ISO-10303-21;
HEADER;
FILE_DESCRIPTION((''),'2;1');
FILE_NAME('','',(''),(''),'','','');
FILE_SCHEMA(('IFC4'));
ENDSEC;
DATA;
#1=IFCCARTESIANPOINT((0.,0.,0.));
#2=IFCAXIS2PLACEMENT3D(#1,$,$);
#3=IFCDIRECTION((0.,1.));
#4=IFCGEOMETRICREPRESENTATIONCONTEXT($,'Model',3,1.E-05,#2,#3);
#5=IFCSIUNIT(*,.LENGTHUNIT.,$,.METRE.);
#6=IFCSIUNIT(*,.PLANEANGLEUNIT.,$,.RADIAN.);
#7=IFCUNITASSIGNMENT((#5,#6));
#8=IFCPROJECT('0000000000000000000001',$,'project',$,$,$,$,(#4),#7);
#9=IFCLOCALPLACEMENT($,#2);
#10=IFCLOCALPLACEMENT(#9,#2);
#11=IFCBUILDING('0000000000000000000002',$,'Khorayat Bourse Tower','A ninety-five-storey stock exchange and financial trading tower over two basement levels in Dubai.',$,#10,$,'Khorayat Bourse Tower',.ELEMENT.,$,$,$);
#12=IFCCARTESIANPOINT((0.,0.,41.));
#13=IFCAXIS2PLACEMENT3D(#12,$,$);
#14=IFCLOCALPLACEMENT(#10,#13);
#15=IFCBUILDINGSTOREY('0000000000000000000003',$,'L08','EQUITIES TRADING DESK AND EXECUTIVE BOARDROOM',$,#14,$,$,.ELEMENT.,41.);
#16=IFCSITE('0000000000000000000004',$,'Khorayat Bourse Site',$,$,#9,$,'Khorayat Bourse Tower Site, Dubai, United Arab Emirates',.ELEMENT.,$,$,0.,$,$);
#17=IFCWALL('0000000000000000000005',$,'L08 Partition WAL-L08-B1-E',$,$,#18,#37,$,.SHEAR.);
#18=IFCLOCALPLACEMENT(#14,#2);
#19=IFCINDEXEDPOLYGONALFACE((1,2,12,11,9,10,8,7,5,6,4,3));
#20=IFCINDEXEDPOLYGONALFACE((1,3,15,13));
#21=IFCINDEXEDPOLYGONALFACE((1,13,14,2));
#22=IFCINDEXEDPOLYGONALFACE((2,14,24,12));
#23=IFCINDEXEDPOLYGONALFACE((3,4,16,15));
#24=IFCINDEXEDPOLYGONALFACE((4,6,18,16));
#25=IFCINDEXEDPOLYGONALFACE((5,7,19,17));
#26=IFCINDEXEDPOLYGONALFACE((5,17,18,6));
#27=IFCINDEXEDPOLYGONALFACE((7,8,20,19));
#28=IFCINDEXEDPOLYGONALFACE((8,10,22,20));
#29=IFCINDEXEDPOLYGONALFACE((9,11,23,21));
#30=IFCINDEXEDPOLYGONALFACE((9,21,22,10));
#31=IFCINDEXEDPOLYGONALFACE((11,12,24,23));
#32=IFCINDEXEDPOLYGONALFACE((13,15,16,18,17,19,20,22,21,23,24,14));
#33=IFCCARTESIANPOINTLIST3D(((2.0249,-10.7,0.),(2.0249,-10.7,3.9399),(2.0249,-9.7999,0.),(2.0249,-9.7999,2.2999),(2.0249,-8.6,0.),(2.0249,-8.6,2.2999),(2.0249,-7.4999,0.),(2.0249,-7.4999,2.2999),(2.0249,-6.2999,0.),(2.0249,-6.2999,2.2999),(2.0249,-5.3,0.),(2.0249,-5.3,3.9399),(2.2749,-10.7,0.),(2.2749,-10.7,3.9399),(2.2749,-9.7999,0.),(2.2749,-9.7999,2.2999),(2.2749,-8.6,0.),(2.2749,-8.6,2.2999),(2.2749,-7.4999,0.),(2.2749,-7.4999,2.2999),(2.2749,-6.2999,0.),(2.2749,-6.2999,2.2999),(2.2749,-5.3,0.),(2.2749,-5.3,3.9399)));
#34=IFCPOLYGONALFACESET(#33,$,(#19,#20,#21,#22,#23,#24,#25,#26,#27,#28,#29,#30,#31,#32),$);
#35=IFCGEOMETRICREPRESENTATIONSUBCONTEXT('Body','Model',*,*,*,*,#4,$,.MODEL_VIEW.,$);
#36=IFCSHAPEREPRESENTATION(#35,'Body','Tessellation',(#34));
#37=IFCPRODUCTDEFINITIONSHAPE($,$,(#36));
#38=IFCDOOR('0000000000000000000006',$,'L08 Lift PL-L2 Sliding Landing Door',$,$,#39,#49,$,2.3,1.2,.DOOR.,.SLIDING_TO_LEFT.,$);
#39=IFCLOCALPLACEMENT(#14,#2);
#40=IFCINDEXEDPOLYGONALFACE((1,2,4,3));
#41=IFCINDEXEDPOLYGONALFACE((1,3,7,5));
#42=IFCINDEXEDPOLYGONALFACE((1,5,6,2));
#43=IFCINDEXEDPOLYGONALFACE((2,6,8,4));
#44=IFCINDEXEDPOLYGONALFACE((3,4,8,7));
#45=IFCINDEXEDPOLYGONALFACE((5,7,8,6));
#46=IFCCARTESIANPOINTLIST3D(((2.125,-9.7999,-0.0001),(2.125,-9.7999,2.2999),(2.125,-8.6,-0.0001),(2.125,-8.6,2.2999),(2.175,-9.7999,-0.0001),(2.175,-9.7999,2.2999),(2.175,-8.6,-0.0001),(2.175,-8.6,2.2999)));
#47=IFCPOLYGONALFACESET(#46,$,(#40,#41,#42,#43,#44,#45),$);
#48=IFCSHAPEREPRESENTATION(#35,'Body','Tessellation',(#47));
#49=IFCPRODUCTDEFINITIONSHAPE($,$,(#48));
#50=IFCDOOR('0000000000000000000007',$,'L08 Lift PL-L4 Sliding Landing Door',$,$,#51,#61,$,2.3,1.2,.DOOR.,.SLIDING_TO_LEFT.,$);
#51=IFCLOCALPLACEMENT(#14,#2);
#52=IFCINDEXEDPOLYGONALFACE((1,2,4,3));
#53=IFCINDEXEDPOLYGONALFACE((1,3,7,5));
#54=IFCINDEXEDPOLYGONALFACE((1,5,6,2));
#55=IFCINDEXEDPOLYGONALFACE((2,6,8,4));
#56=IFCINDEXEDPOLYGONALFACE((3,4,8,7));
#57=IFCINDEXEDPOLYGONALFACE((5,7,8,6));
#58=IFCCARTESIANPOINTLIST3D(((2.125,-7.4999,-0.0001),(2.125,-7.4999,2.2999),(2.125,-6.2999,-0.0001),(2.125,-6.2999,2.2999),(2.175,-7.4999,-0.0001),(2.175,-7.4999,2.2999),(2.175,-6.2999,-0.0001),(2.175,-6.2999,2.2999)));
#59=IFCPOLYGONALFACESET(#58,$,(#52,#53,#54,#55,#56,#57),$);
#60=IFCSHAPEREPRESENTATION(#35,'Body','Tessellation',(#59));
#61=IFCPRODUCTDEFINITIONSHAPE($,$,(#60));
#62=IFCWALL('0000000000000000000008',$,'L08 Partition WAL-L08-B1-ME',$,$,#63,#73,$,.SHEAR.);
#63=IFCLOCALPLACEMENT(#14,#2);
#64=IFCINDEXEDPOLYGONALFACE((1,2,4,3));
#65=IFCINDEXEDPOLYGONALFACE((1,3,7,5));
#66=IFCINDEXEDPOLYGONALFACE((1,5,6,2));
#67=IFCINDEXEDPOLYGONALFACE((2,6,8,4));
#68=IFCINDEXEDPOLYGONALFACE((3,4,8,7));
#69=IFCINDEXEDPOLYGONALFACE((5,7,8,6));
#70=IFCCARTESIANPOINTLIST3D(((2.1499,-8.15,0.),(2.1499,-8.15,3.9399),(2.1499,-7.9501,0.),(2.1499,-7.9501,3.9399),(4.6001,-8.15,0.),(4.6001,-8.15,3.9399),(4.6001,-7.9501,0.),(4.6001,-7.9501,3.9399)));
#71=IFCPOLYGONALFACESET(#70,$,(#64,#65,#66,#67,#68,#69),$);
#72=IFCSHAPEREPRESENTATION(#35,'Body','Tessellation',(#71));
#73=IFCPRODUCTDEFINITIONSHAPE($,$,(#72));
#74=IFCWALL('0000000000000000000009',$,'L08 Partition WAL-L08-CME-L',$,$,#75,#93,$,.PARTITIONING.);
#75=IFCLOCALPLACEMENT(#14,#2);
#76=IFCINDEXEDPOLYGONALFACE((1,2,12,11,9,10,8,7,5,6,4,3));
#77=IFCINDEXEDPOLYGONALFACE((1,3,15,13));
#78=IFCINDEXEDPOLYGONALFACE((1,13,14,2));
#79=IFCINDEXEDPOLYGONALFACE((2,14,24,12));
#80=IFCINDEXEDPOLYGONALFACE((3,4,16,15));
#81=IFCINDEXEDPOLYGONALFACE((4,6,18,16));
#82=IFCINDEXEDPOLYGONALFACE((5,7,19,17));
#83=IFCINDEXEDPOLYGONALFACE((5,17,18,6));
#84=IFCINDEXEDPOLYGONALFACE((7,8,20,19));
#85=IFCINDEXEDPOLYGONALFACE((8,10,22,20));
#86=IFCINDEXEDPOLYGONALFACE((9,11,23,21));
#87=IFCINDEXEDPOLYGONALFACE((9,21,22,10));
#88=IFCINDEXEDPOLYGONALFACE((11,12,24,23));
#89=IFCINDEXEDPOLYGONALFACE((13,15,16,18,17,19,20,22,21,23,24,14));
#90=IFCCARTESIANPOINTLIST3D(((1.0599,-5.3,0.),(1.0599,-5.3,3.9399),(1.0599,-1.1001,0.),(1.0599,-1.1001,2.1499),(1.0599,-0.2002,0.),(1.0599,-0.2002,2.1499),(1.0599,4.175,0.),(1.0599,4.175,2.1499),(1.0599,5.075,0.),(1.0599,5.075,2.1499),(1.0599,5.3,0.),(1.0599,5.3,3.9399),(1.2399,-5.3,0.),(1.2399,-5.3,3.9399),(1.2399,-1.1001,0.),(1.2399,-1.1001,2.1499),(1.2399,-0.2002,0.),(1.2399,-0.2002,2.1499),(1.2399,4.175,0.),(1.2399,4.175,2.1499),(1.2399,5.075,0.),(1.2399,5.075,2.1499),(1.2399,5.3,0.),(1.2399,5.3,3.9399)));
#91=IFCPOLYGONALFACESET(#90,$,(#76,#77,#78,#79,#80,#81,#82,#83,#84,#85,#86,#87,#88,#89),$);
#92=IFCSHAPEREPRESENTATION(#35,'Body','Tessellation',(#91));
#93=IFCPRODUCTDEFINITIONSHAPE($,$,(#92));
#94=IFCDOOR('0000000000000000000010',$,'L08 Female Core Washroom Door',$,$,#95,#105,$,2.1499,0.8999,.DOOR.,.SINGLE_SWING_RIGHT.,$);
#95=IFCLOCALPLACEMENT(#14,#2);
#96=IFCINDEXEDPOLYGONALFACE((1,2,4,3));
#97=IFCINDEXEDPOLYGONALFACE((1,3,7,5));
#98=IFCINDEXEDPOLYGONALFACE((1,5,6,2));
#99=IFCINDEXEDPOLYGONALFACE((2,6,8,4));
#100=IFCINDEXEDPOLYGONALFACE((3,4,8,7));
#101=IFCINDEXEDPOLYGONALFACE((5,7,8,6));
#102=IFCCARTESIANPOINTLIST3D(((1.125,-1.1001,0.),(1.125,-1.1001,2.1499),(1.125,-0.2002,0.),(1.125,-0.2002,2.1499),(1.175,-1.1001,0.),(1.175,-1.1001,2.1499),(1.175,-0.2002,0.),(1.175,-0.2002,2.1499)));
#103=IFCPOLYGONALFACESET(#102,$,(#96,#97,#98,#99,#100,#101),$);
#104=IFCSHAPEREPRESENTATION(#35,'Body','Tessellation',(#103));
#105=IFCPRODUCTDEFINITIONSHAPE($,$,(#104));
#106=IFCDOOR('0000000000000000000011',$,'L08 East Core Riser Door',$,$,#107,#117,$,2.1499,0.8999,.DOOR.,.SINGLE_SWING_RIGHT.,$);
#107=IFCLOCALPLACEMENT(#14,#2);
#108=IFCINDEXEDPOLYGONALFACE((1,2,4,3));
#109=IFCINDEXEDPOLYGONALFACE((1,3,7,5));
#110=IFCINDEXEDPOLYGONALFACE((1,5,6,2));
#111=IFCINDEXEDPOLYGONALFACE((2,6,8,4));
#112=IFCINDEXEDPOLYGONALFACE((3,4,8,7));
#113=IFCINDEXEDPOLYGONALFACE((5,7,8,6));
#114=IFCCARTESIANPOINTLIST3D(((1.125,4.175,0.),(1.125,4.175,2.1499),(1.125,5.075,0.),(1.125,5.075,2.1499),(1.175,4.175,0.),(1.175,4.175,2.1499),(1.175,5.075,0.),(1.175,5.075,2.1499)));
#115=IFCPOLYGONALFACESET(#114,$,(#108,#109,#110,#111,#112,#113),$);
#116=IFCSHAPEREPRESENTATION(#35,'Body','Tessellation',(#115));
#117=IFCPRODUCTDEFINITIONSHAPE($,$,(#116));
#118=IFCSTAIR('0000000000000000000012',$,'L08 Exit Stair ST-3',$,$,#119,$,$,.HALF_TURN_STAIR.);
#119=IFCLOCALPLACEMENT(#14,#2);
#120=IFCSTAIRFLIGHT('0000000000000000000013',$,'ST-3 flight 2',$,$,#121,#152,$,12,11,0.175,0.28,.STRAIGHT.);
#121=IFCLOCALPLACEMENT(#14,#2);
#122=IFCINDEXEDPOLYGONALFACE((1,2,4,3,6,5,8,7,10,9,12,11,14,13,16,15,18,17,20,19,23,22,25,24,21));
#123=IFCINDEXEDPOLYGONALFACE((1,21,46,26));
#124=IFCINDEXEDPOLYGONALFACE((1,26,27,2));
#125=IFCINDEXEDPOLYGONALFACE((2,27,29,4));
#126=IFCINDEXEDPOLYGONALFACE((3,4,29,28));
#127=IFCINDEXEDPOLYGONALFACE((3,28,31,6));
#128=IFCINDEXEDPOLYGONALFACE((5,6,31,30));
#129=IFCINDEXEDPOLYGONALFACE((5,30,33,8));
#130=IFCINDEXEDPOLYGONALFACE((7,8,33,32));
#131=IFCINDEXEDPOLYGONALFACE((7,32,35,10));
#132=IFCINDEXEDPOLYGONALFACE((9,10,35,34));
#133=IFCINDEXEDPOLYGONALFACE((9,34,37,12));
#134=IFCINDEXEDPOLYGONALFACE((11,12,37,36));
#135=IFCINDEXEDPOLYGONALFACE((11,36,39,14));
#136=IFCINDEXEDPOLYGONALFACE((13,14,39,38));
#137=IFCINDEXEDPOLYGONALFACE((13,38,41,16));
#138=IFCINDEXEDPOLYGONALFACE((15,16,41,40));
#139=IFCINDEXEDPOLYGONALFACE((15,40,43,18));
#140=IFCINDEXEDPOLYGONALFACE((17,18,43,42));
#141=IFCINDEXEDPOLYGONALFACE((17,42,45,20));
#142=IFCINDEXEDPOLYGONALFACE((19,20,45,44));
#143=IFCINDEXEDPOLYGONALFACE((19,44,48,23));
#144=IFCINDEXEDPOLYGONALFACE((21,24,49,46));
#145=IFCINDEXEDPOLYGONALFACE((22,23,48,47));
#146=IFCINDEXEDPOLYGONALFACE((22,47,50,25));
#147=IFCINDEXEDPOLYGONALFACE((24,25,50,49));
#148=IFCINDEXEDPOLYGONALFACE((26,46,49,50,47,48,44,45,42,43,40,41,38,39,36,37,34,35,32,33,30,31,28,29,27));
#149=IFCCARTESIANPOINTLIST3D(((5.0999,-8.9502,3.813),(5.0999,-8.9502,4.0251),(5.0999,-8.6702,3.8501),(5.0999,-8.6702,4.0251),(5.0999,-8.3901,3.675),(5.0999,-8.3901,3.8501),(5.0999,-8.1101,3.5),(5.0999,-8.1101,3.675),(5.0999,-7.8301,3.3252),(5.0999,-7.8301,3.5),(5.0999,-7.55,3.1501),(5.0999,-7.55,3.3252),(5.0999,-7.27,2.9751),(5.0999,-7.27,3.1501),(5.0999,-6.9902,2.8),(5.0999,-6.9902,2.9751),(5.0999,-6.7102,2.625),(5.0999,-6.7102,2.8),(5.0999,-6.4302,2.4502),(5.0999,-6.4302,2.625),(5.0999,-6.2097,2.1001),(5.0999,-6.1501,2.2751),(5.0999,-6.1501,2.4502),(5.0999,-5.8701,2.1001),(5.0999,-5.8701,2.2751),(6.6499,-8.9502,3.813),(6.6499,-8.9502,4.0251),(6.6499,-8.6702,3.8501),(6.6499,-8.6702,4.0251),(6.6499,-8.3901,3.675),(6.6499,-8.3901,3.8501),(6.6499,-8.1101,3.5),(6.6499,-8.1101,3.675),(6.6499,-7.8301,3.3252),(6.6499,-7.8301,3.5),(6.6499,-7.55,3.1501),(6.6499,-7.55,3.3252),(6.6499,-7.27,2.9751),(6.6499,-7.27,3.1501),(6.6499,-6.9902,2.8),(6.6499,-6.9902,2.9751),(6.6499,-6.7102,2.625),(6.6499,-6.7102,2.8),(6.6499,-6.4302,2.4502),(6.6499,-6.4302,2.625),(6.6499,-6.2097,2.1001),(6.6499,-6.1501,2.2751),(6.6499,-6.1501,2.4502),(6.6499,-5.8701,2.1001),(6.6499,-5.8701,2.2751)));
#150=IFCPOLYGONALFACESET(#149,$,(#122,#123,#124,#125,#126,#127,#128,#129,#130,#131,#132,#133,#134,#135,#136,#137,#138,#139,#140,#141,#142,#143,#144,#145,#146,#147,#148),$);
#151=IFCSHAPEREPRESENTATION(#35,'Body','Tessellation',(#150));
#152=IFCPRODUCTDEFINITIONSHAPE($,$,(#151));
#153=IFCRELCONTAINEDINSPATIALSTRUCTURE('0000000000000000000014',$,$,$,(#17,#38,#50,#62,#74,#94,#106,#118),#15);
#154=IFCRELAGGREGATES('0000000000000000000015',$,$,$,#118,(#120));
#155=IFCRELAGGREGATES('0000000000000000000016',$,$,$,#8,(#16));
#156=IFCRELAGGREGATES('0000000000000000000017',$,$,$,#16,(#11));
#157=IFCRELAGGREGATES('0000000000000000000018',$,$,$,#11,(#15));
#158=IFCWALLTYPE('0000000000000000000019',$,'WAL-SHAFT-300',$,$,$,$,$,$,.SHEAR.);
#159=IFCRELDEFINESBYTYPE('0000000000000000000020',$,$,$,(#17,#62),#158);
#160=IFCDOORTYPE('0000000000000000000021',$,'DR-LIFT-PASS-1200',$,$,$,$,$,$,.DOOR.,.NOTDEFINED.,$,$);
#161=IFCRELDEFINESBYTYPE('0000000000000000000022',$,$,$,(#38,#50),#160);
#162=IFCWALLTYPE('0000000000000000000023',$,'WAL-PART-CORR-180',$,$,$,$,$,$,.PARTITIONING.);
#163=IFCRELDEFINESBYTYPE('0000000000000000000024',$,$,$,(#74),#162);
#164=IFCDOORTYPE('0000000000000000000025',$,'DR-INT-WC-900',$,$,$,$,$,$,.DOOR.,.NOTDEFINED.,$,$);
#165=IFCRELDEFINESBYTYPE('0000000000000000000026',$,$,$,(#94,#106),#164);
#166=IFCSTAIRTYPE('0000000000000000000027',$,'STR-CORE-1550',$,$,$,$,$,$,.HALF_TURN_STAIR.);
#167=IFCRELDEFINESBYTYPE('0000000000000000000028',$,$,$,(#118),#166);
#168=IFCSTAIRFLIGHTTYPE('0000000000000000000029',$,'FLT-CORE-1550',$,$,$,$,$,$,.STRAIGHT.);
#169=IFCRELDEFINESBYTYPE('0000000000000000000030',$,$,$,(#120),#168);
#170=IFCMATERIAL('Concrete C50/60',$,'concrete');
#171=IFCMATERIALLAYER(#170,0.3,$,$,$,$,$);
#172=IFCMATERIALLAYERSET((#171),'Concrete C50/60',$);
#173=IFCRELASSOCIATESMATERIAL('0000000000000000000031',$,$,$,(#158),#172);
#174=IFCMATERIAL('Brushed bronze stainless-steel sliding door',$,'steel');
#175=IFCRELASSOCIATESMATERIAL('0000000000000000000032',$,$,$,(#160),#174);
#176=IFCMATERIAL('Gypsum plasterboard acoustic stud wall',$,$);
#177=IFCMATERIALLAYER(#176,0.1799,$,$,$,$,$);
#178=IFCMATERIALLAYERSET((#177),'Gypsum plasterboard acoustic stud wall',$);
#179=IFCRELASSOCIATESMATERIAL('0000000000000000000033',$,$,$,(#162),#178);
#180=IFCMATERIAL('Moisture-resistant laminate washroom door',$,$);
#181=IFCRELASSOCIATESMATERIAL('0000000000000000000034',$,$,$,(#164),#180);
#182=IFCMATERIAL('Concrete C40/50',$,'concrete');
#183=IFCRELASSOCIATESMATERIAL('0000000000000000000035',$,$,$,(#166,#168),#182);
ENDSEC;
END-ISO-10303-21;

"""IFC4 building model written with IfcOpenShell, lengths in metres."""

from ifc_helpers import new_model, si_unit, direction, frame, frame_2d, origin, place, context, subcontext, project, spatial, polyline, rectangle, outline, extrude, source, transform, mapped, material, layer, layer_set, type_object, element, fill, aggregate, save


model = new_model("IFC4")

# Units and contexts
model_context = context("Model", 3, precision=1e-05, world=origin(), true_north=direction((0.0, 1.0)))
body_context = subcontext(model_context, "Body", "Model", "MODEL_VIEW")
ifc_project = project(units=[si_unit("LENGTHUNIT", "METRE"), si_unit("PLANEANGLEUNIT", "RADIAN")], contexts=[model_context])

# Site, building, storey
site_placement = place(None, origin())
site = spatial("IfcSite", under=ifc_project, at=site_placement, Name="Khorayat Bourse Site", LongName="Khorayat Bourse Tower Site, Dubai, United Arab Emirates", CompositionType="ELEMENT", RefElevation=0.0)
building_placement = place(site_placement, origin())
building = spatial("IfcBuilding", under=site, at=building_placement, Name="Khorayat Bourse Tower", Description="A ninety-five-storey stock exchange and financial trading tower over two basement levels in Dubai.", LongName="Khorayat Bourse Tower", CompositionType="ELEMENT")
storey_placement = place(building_placement, frame((0.0, 0.0, 41.0)))
storey = spatial("IfcBuildingStorey", under=building, at=storey_placement, Name="L08", Description="EQUITIES TRADING DESK AND EXECUTIVE BOARDROOM", CompositionType="ELEMENT", Elevation=41.0)

# Wall, openings, doors
ifc_material_1 = material(Name="Concrete C50/60", Category="concrete")
ifc_layer_1 = layer(ifc_material_1, 0.3)
ifc_layer_set_1 = layer_set([ifc_layer_1], Name="Concrete C50/60")
wall_type_1 = type_object("IfcWallType", Name="WAL-SHAFT-300", PredefinedType="SHEAR", material=ifc_layer_set_1)
shared_shape_1 = source(origin(), body_context, "Body", "SweptSolid", [
    extrude(rectangle(XDim=5.3999, YDim=0.25, at=frame_2d((2.7, 0.0))), origin(), (0.0, 0.0, 1.0), 3.9399),
])
shared_shape_2 = source(origin(), body_context, "Body", "SweptSolid", [
    extrude(rectangle(XDim=1.2, YDim=2.3, at=frame_2d((0.6001, 1.1499))), frame((0.0, 0.135, 0.0), z_axis=(0.0, -1.0, 0.0), x_axis=(1.0, 0.0, 0.0)), (0.0, 0.0, 1.0), 0.27),
])
ifc_material_2 = material(Name="Brushed bronze stainless-steel sliding door", Category="steel")
door_type_1 = type_object("IfcDoorType", Name="DR-LIFT-PASS-1200", OperationType="NOTDEFINED", PredefinedType="DOOR", material=ifc_material_2)
shared_shape_3 = source(origin(), body_context, "Body", "SweptSolid", [
    extrude(rectangle(XDim=1.2, YDim=2.3, at=frame_2d((0.6001, 1.1499))), frame((0.0, 0.0249, 0.0), z_axis=(0.0, -1.0, 0.0), x_axis=(1.0, 0.0, 0.0)), (0.0, 0.0, 1.0), 0.05),
])
wall_1_placement = place(storey_placement, frame((2.1499, -10.7, 0.0), z_axis=(0.0, 0.0, 1.0), x_axis=(0.0, 1.0, 0.0)))
wall_1 = element("IfcWall", 1, at=wall_1_placement, inside=storey, type_object=wall_type_1, Name="L08 Partition WAL-L08-B1-E", PredefinedType="SHEAR", context=body_context, shape_type="MappedRepresentation", body=[
    mapped(shared_shape_1, transform((0.0, 0.0, 0.0), scale=1.0)),
])
opening_1_placement = place(wall_1_placement, frame((0.8999, 0.0, 0.0)))
opening_1 = element("IfcOpeningElement", 2, at=opening_1_placement, cuts=wall_1, PredefinedType="OPENING", context=body_context, shape_type="MappedRepresentation", body=[
    mapped(shared_shape_2, transform((0.0, 0.0, 0.0), scale=1.0)),
])
opening_2_placement = place(wall_1_placement, frame((3.2, 0.0, 0.0)))
opening_2 = element("IfcOpeningElement", 3, at=opening_2_placement, cuts=wall_1, PredefinedType="OPENING", context=body_context, shape_type="MappedRepresentation", body=[
    mapped(shared_shape_2, transform((0.0, 0.0, 0.0), scale=1.0)),
])
door_1_placement = place(opening_1_placement, origin())
door_1 = element("IfcDoor", 4, at=door_1_placement, inside=storey, type_object=door_type_1, Name="L08 Lift PL-L2 Sliding Landing Door", OperationType="SLIDING_TO_LEFT", OverallHeight=2.3, OverallWidth=1.2, PredefinedType="DOOR", context=body_context, shape_type="MappedRepresentation", body=[
    mapped(shared_shape_3, transform((0.0, 0.0, 0.0), scale=1.0)),
])
fill(opening_1, door_1)
door_2_placement = place(opening_2_placement, origin())
door_2 = element("IfcDoor", 5, at=door_2_placement, inside=storey, type_object=door_type_1, Name="L08 Lift PL-L4 Sliding Landing Door", OperationType="SLIDING_TO_LEFT", OverallHeight=2.3, OverallWidth=1.2, PredefinedType="DOOR", context=body_context, shape_type="MappedRepresentation", body=[
    mapped(shared_shape_3, transform((0.0, 0.0, 0.0), scale=1.0)),
])
fill(opening_2, door_2)

# Wall
shared_shape_4 = source(origin(), body_context, "Body", "SweptSolid", [
    extrude(rectangle(XDim=2.4502, YDim=0.2, at=frame_2d((1.2251, 0.0))), origin(), (0.0, 0.0, 1.0), 3.9399),
])
wall_2_placement = place(storey_placement, frame((2.1499, -8.05, 0.0), z_axis=(0.0, 0.0, 1.0), x_axis=(1.0, 0.0, 0.0)))
element("IfcWall", 6, at=wall_2_placement, inside=storey, type_object=wall_type_1, Name="L08 Partition WAL-L08-B1-ME", PredefinedType="SHEAR", context=body_context, shape_type="MappedRepresentation", body=[
    mapped(shared_shape_4, transform((0.0, 0.0, 0.0), scale=1.0)),
])

# Wall, openings, doors
ifc_material_3 = material(Name="Gypsum plasterboard acoustic stud wall")
ifc_layer_2 = layer(ifc_material_3, 0.1799)
ifc_layer_set_2 = layer_set([ifc_layer_2], Name="Gypsum plasterboard acoustic stud wall")
wall_type_2 = type_object("IfcWallType", Name="WAL-PART-CORR-180", PredefinedType="PARTITIONING", material=ifc_layer_set_2)
shared_shape_5 = source(origin(), body_context, "Body", "SweptSolid", [
    extrude(rectangle(XDim=10.6001, YDim=0.1799, at=frame_2d((5.3, 0.0))), origin(), (0.0, 0.0, 1.0), 3.9399),
])
shared_shape_6 = source(origin(), body_context, "Body", "SweptSolid", [
    extrude(rectangle(XDim=0.8999, YDim=2.1499, at=frame_2d((0.45, 1.075))), frame((0.0, 0.0999, 0.0), z_axis=(0.0, -1.0, 0.0), x_axis=(1.0, 0.0, 0.0)), (0.0, 0.0, 1.0), 0.2),
])
ifc_material_4 = material(Name="Moisture-resistant laminate washroom door")
door_type_2 = type_object("IfcDoorType", Name="DR-INT-WC-900", OperationType="NOTDEFINED", PredefinedType="DOOR", material=ifc_material_4)
shared_shape_7 = source(origin(), body_context, "Body", "SweptSolid", [
    extrude(rectangle(XDim=0.8999, YDim=2.1499, at=frame_2d((0.45, 1.075))), frame((0.0, 0.0249, 0.0), z_axis=(0.0, -1.0, 0.0), x_axis=(1.0, 0.0, 0.0)), (0.0, 0.0, 1.0), 0.05),
])
wall_3_placement = place(storey_placement, frame((1.1499, -5.3, 0.0), z_axis=(0.0, 0.0, 1.0), x_axis=(0.0, 1.0, 0.0)))
wall_3 = element("IfcWall", 7, at=wall_3_placement, inside=storey, type_object=wall_type_2, Name="L08 Partition WAL-L08-CME-L", PredefinedType="PARTITIONING", context=body_context, shape_type="MappedRepresentation", body=[
    mapped(shared_shape_5, transform((0.0, 0.0, 0.0), scale=1.0)),
])
opening_3_placement = place(wall_3_placement, frame((4.2, 0.0, 0.0)))
opening_3 = element("IfcOpeningElement", 8, at=opening_3_placement, cuts=wall_3, PredefinedType="OPENING", context=body_context, shape_type="MappedRepresentation", body=[
    mapped(shared_shape_6, transform((0.0, 0.0, 0.0), scale=1.0)),
])
opening_4_placement = place(wall_3_placement, frame((9.4751, 0.0, 0.0)))
opening_4 = element("IfcOpeningElement", 9, at=opening_4_placement, cuts=wall_3, PredefinedType="OPENING", context=body_context, shape_type="MappedRepresentation", body=[
    mapped(shared_shape_6, transform((0.0, 0.0, 0.0), scale=1.0)),
])
door_3_placement = place(opening_3_placement, origin())
door_3 = element("IfcDoor", 10, at=door_3_placement, inside=storey, type_object=door_type_2, Name="L08 Female Core Washroom Door", OperationType="SINGLE_SWING_RIGHT", OverallHeight=2.1499, OverallWidth=0.8999, PredefinedType="DOOR", context=body_context, shape_type="MappedRepresentation", body=[
    mapped(shared_shape_7, transform((0.0, 0.0, 0.0), scale=1.0)),
])
fill(opening_3, door_3)
door_4_placement = place(opening_4_placement, origin())
door_4 = element("IfcDoor", 11, at=door_4_placement, inside=storey, type_object=door_type_2, Name="L08 East Core Riser Door", OperationType="SINGLE_SWING_RIGHT", OverallHeight=2.1499, OverallWidth=0.8999, PredefinedType="DOOR", context=body_context, shape_type="MappedRepresentation", body=[
    mapped(shared_shape_7, transform((0.0, 0.0, 0.0), scale=1.0)),
])
fill(opening_4, door_4)

# Stair, stair flight
ifc_material_5 = material(Name="Concrete C40/50", Category="concrete")
stair_type = type_object("IfcStairType", Name="STR-CORE-1550", PredefinedType="HALF_TURN_STAIR", material=ifc_material_5)
stair_placement = place(storey_placement, origin())
stair = element("IfcStair", 12, at=stair_placement, inside=storey, type_object=stair_type, Name="L08 Exit Stair ST-3", PredefinedType="HALF_TURN_STAIR")
stair_flight_type = type_object("IfcStairFlightType", Name="FLT-CORE-1550", PredefinedType="STRAIGHT", material=ifc_material_5)
shared_shape_8 = source(origin(), body_context, "Body", "SweptSolid", [
    extrude(outline(polyline([(0.0, 0.0), (0.0, 0.175), (0.28, 0.175), (0.28, 0.3501), (0.5601, 0.3501), (0.5601, 0.5249), (0.8401, 0.5249), (0.8401, 0.7), (1.1201, 0.7), (1.1201, 0.875), (1.3999, 0.875), (1.3999, 1.05), (1.6799, 1.05), (1.6799, 1.2251), (1.96, 1.2251), (1.96, 1.3999), (2.24, 1.3999), (2.24, 1.575), (2.52, 1.575), (2.52, 1.75), (2.8, 1.75), (2.8, 1.925), (3.0801, 1.925), (3.0801, 2.1001), (3.0801, 1.7129), (0.3396, 0.0), (0.0, 0.0)])), frame((0.0, 0.7749, 0.0), z_axis=(0.0, -1.0, 0.0), x_axis=(1.0, 0.0, 0.0)), (0.0, 0.0, 1.0), 1.55),
])
stair_flight_placement = place(storey_placement, frame((5.875, -5.8701, 2.1001), z_axis=(0.0, 0.0, 1.0), x_axis=(0.0, -1.0, 0.0)))
stair_flight = element("IfcStairFlight", 13, at=stair_flight_placement, type_object=stair_flight_type, Name="ST-3 flight 2", NumberOfRisers=12, NumberOfTreads=11, PredefinedType="STRAIGHT", RiserHeight=0.175, TreadLength=0.28, context=body_context, shape_type="MappedRepresentation", body=[
    mapped(shared_shape_8, transform((0.0, 0.0, 0.0), scale=1.0)),
])
aggregate(stair, [stair_flight])

save(model, "model.ifc")
